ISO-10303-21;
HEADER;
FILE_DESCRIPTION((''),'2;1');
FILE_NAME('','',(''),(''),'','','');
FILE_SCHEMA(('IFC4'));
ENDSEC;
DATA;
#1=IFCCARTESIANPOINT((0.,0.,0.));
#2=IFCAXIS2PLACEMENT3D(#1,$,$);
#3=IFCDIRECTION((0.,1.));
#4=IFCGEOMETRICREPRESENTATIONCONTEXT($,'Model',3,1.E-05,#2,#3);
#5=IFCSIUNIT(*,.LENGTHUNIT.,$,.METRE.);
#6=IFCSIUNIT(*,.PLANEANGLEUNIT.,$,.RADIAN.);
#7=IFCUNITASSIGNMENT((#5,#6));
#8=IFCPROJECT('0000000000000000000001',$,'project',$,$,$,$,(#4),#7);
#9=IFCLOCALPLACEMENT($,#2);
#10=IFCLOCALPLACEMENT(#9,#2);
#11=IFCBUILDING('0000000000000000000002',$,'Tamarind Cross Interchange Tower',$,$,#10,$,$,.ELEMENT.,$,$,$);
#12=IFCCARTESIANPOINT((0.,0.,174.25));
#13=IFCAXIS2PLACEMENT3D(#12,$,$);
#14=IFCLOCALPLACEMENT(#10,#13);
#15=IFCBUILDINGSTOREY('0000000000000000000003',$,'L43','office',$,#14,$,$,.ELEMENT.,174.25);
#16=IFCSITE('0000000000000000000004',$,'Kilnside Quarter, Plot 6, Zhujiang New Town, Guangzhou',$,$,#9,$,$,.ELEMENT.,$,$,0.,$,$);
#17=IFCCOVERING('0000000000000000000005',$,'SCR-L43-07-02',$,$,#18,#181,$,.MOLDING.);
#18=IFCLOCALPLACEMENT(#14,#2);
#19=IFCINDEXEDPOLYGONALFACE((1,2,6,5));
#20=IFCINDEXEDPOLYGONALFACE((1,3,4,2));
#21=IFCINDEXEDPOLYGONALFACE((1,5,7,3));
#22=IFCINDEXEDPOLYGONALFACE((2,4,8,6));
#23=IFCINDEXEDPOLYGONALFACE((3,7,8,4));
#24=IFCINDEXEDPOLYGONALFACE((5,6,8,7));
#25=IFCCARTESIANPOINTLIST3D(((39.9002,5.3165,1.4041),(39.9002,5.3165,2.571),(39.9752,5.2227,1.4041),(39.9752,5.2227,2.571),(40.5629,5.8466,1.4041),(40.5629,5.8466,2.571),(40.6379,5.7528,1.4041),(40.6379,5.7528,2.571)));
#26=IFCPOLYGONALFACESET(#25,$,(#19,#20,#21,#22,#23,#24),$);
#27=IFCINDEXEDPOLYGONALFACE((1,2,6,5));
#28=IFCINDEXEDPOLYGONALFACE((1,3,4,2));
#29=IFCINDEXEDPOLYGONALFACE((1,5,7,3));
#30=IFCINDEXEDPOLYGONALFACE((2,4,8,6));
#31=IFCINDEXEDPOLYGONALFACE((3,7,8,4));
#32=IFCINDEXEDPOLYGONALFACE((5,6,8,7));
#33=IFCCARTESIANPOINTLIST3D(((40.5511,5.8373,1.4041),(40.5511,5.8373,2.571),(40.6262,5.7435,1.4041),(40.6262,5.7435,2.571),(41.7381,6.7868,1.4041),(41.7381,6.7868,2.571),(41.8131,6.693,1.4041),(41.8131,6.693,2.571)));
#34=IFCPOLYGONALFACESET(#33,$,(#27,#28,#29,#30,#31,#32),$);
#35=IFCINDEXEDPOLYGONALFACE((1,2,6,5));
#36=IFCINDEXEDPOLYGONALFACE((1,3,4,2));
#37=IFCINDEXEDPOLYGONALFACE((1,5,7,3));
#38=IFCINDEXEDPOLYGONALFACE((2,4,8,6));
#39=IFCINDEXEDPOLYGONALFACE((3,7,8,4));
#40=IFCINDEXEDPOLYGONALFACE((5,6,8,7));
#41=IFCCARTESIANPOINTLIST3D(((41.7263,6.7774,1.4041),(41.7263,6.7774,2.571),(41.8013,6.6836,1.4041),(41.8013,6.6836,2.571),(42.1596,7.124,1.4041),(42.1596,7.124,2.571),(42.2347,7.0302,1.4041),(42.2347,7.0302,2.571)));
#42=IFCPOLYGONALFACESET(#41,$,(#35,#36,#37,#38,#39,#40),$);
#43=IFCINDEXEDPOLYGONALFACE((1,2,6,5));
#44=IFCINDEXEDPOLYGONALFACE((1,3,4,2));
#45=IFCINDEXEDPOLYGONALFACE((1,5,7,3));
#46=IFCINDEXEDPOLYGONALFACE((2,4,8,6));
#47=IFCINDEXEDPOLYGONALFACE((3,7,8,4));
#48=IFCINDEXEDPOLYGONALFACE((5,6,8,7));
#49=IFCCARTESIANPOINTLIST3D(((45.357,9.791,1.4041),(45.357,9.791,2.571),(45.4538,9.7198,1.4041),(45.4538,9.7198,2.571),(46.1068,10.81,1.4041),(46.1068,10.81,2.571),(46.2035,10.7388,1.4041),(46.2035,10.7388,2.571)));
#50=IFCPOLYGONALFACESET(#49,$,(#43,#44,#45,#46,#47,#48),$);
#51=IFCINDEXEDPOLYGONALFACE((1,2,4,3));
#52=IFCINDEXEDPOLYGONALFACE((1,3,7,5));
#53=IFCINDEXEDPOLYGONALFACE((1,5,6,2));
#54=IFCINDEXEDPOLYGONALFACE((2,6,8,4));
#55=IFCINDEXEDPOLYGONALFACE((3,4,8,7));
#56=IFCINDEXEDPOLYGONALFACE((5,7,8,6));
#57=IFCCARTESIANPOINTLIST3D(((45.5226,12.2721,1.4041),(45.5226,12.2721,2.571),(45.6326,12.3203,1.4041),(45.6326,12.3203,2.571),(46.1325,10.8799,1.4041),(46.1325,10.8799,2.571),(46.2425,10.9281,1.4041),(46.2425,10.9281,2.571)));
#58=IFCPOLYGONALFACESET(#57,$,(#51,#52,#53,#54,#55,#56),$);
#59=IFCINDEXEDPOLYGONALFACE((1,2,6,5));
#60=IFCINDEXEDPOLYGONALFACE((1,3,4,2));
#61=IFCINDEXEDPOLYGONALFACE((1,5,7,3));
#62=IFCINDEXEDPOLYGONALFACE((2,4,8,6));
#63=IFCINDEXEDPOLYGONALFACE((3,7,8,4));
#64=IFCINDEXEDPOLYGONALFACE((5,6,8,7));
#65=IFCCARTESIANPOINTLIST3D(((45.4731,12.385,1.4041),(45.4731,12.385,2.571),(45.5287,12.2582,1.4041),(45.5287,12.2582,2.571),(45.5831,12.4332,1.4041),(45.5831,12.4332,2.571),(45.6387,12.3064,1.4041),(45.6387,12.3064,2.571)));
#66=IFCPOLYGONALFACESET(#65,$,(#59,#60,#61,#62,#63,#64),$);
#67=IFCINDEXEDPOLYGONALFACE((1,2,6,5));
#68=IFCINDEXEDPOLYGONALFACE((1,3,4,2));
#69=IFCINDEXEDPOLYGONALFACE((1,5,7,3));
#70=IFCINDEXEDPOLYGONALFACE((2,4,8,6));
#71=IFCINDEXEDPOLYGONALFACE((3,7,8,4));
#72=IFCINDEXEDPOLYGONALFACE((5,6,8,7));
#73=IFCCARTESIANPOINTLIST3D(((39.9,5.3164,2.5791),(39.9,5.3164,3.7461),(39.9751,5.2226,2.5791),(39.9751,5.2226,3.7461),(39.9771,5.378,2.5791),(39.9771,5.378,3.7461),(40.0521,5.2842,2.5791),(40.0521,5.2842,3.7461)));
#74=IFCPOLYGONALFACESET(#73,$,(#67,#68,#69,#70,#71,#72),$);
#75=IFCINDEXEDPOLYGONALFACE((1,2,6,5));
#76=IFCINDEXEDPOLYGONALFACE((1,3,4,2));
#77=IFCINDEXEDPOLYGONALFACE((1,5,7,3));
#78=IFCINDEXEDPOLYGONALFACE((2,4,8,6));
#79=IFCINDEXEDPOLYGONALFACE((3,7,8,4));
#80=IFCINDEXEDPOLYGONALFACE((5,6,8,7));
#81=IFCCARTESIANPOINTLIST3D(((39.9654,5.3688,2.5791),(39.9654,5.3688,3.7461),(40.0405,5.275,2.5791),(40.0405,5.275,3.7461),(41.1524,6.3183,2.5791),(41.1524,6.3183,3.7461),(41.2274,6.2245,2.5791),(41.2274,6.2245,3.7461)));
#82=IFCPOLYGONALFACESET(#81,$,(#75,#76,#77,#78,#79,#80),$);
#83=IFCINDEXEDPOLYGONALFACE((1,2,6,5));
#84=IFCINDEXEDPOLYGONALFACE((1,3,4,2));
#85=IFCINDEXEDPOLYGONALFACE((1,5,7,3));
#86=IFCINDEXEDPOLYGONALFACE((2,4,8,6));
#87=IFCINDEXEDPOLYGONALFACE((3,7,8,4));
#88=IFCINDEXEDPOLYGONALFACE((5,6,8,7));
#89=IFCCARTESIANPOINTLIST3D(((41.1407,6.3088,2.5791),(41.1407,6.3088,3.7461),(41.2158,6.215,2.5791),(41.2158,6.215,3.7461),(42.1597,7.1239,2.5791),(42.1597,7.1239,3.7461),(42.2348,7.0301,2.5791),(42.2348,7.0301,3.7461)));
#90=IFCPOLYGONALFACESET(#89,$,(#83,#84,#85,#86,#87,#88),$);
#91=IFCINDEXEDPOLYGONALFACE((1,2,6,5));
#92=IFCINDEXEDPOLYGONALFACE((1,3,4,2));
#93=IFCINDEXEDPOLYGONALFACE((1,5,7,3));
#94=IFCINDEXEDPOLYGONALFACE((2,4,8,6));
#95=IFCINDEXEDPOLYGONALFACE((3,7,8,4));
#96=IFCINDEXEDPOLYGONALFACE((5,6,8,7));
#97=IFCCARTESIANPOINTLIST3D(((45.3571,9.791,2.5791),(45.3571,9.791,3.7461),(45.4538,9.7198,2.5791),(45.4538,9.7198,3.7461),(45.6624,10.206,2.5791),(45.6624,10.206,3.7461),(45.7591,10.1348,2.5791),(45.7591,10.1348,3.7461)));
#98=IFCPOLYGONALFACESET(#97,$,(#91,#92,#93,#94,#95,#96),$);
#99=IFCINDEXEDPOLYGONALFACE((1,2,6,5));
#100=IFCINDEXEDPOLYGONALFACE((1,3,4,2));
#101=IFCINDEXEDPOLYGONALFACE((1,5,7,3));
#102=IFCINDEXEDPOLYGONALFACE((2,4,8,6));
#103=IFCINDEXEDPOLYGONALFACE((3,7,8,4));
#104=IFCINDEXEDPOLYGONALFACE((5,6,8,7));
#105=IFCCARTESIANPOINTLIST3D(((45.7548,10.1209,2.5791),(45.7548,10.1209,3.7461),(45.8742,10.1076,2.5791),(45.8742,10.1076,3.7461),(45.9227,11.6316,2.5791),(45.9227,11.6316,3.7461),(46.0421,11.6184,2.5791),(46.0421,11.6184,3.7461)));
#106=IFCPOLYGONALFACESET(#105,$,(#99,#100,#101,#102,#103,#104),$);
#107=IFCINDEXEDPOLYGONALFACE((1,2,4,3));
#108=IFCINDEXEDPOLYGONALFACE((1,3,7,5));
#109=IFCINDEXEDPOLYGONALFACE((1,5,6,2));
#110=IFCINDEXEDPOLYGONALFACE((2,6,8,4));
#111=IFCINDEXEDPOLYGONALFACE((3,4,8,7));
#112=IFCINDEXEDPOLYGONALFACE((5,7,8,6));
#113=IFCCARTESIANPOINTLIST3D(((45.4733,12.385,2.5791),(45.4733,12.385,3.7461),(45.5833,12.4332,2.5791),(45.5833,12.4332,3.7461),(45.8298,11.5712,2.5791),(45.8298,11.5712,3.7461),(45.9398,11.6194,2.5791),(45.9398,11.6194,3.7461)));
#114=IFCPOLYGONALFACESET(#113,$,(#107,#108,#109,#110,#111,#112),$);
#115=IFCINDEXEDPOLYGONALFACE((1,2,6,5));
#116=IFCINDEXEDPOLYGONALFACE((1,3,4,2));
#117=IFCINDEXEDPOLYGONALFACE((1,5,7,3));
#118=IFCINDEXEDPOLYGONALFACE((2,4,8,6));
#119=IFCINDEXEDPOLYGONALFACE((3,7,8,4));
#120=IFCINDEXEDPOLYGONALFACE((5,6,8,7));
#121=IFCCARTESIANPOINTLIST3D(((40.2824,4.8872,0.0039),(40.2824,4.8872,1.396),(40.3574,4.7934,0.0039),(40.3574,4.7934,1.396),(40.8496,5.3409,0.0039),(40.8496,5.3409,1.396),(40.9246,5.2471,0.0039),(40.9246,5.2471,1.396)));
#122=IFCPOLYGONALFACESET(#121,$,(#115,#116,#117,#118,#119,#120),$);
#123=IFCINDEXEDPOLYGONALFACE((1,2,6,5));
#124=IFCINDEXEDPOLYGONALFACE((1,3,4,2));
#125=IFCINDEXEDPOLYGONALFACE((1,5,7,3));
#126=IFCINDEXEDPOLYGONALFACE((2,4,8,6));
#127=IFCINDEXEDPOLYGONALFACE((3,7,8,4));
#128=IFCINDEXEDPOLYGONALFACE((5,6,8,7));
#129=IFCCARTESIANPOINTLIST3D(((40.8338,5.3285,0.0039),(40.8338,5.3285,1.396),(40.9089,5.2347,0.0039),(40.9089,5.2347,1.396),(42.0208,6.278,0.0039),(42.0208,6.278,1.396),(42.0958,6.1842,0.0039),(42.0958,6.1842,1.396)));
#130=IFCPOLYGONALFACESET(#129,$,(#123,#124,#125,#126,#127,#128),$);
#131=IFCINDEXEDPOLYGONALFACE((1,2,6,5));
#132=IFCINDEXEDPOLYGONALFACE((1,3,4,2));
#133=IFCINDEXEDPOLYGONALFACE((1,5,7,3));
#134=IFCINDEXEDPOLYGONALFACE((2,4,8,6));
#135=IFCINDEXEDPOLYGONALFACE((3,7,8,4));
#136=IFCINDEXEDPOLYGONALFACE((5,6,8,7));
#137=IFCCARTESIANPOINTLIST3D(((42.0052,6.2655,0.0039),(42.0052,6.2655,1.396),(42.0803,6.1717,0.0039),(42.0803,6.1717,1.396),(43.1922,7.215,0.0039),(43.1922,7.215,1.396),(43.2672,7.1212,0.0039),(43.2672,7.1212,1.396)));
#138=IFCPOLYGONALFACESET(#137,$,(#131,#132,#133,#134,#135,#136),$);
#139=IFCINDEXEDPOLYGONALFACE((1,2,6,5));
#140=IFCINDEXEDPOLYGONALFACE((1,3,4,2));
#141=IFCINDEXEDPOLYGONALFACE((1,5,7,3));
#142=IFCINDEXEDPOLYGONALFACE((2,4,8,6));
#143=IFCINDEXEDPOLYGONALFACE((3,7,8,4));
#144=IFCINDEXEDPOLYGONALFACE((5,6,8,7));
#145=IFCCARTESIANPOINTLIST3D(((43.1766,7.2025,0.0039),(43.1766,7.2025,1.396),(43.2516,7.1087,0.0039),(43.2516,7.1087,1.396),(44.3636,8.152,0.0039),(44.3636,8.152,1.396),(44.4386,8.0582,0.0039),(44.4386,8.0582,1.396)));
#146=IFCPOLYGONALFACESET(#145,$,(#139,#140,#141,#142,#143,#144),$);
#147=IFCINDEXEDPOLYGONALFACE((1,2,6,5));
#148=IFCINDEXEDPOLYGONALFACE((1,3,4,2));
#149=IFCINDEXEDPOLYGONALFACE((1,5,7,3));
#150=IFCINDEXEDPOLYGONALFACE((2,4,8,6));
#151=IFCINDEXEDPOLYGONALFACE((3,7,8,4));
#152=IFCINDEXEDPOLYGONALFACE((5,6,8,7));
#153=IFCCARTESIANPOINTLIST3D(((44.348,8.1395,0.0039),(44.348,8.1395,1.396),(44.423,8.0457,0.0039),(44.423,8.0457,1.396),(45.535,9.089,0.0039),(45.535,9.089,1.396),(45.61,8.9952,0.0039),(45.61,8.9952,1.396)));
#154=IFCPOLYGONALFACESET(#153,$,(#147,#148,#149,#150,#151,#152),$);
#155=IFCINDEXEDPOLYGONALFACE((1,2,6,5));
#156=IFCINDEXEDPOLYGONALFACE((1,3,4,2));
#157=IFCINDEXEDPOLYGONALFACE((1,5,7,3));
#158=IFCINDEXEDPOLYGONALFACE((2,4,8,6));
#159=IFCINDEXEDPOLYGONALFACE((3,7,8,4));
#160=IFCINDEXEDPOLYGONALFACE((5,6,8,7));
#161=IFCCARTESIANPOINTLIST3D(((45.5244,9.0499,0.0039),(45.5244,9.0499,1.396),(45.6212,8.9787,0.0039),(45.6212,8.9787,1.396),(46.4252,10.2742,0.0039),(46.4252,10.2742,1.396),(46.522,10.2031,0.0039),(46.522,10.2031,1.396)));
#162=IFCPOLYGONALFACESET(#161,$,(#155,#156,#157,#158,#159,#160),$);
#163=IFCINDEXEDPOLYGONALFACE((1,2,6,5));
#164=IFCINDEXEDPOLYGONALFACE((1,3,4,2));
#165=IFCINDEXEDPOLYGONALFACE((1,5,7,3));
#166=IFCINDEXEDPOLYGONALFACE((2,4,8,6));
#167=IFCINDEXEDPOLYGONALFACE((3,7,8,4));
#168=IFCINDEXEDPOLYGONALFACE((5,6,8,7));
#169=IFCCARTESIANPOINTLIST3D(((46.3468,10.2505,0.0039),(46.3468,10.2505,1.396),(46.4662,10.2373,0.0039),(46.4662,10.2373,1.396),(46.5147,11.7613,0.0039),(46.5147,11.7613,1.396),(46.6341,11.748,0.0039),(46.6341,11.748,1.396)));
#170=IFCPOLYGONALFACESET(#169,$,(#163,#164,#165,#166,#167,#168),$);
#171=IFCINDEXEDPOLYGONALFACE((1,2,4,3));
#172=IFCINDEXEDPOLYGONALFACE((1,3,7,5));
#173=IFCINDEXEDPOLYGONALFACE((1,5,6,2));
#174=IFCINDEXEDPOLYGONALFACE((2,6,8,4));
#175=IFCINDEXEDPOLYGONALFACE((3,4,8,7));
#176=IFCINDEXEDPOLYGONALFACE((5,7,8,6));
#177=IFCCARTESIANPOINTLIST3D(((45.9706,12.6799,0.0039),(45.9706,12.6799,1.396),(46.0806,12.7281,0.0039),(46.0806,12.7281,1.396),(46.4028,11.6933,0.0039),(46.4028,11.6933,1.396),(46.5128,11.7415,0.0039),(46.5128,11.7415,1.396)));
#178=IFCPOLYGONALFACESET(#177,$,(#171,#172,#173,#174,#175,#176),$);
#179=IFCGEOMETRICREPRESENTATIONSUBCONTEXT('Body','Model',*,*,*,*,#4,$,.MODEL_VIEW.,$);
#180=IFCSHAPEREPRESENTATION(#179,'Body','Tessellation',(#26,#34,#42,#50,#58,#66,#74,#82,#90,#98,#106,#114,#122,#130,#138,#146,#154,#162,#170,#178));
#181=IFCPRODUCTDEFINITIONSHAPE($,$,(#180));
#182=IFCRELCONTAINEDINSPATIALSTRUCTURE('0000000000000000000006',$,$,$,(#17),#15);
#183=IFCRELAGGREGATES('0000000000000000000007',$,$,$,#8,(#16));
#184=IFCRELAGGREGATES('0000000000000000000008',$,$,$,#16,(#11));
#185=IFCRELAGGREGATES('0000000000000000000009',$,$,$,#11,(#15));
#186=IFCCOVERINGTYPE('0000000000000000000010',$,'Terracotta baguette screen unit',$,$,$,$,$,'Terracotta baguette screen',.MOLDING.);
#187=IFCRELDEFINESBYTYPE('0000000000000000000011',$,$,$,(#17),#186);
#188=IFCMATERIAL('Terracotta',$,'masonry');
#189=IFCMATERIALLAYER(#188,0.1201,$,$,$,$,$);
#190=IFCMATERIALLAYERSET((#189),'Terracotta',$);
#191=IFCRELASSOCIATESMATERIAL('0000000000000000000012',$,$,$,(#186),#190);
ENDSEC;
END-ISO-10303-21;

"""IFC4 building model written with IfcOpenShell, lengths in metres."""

from ifc_helpers import new_model, si_unit, direction, frame, origin, origin_2d, place, context, subcontext, project, spatial, rectangle, extrude, material, layer, layer_set, type_object, element, save


model = new_model("IFC4")

# Units and contexts
model_context = context("Model", 3, precision=1e-05, world=origin(), true_north=direction((0.0, 1.0)))
body_context = subcontext(model_context, "Body", "Model", "MODEL_VIEW")
ifc_project = project(units=[si_unit("LENGTHUNIT", "METRE"), si_unit("PLANEANGLEUNIT", "RADIAN")], contexts=[model_context])

# Site, building, storey
site_placement = place(None, origin())
site = spatial("IfcSite", under=ifc_project, at=site_placement, Name="Kilnside Quarter, Plot 6, Zhujiang New Town, Guangzhou", CompositionType="ELEMENT", RefElevation=0.0)
building_placement = place(site_placement, origin())
building = spatial("IfcBuilding", under=site, at=building_placement, Name="Tamarind Cross Interchange Tower", CompositionType="ELEMENT")
storey_placement = place(building_placement, frame((0.0, 0.0, 174.25)))
storey = spatial("IfcBuildingStorey", under=building, at=storey_placement, Name="L43", Description="office", CompositionType="ELEMENT", Elevation=174.25)

# Covering
ifc_material_1 = material(Name="Terracotta", Category="masonry")
ifc_layer_1 = layer(ifc_material_1, 0.1201)
ifc_layer_set_1 = layer_set([ifc_layer_1], Name="Terracotta")
covering_type = type_object("IfcCoveringType", Name="Terracotta baguette screen unit", ElementType="Terracotta baguette screen", PredefinedType="MOLDING", material=ifc_layer_set_1)
covering_1_placement = place(storey_placement, origin())
element("IfcCovering", 1, at=covering_1_placement, inside=storey, type_object=covering_type, Name="SCR-L43-07-02", PredefinedType="MOLDING", context=body_context, shape_type="SweptSolid", body=[
    extrude(rectangle(XDim=0.8486, YDim=0.1201, at=origin_2d()), frame((40.269, 5.5347, 1.4041), z_axis=(0.0, 0.0, 1.0), x_axis=(0.780893, 0.624665, 0.0)), (0.0, 0.0, 1.0), 1.167),
    extrude(rectangle(XDim=1.52, YDim=0.1201, at=origin_2d()), frame((41.1821, 6.2651, 1.4041), z_axis=(0.0, 0.0, 1.0), x_axis=(0.780893, 0.624665, 0.0)), (0.0, 0.0, 1.0), 1.167),
    extrude(rectangle(XDim=0.5549, YDim=0.1201, at=origin_2d()), frame((41.9805, 6.9038, 1.4041), z_axis=(0.0, 0.0, 1.0), x_axis=(0.780893, 0.624665, 0.0)), (0.0, 0.0, 1.0), 1.167),
    extrude(rectangle(XDim=1.2651, YDim=0.1201, at=origin_2d()), frame((45.7803, 10.2649, 1.4041), z_axis=(0.0, 0.0, 1.0), x_axis=(0.592609, 0.80549, 0.0)), (0.0, 0.0, 1.0), 1.167),
    extrude(rectangle(XDim=1.52, YDim=0.1201, at=origin_2d()), frame((45.8826, 11.6001, 1.4041), z_axis=(0.0, 0.0, 1.0), x_axis=(-0.40127, 0.91596, 0.0)), (0.0, 0.0, 1.0), 1.167),
    extrude(rectangle(XDim=0.1384, YDim=0.1201, at=origin_2d()), frame((45.5559, 12.3457, 1.4041), z_axis=(0.0, 0.0, 1.0), x_axis=(-0.40127, 0.91596, 0.0)), (0.0, 0.0, 1.0), 1.167),
    extrude(rectangle(XDim=0.0986, YDim=0.1201, at=origin_2d()), frame((39.9761, 5.3003, 2.5791), z_axis=(0.0, 0.0, 1.0), x_axis=(0.780893, 0.624665, 0.0)), (0.0, 0.0, 1.0), 1.167),
    extrude(rectangle(XDim=1.52, YDim=0.1201, at=origin_2d()), frame((40.5964, 5.7966, 2.5791), z_axis=(0.0, 0.0, 1.0), x_axis=(0.780893, 0.624665, 0.0)), (0.0, 0.0, 1.0), 1.167),
    extrude(rectangle(XDim=1.3049, YDim=0.1201, at=origin_2d()), frame((41.6877, 6.6694, 2.5791), z_axis=(0.0, 0.0, 1.0), x_axis=(0.780893, 0.624665, 0.0)), (0.0, 0.0, 1.0), 1.167),
    extrude(rectangle(XDim=0.5151, YDim=0.1201, at=origin_2d()), frame((45.5581, 9.9629, 2.5791), z_axis=(0.0, 0.0, 1.0), x_axis=(0.592609, 0.80549, 0.0)), (0.0, 0.0, 1.0), 1.167),
    extrude(rectangle(XDim=1.52, YDim=0.1201, at=origin_2d()), frame((45.8984, 10.8696, 2.5791), z_axis=(0.0, 0.0, 1.0), x_axis=(0.11047, 0.993879, 0.0)), (0.0, 0.0, 1.0), 1.167),
    extrude(rectangle(XDim=0.8884, YDim=0.1201, at=origin_2d()), frame((45.7065, 12.0022, 2.5791), z_axis=(0.0, 0.0, 1.0), x_axis=(-0.40127, 0.91596, 0.0)), (0.0, 0.0, 1.0), 1.167),
    extrude(rectangle(XDim=0.7263, YDim=0.1201, at=origin_2d()), frame((40.6035, 5.0671, 0.0039), z_axis=(0.0, 0.0, 1.0), x_axis=(0.780893, 0.624665, 0.0)), (0.0, 0.0, 1.0), 1.3921),
    extrude(rectangle(XDim=1.52, YDim=0.1201, at=origin_2d()), frame((41.4648, 5.7563, 0.0039), z_axis=(0.0, 0.0, 1.0), x_axis=(0.780893, 0.624665, 0.0)), (0.0, 0.0, 1.0), 1.3921),
    extrude(rectangle(XDim=1.52, YDim=0.1201, at=origin_2d()), frame((42.6362, 6.6934, 0.0039), z_axis=(0.0, 0.0, 1.0), x_axis=(0.780893, 0.624665, 0.0)), (0.0, 0.0, 1.0), 1.3921),
    extrude(rectangle(XDim=1.52, YDim=0.1201, at=origin_2d()), frame((43.8076, 7.6304, 0.0039), z_axis=(0.0, 0.0, 1.0), x_axis=(0.780893, 0.624665, 0.0)), (0.0, 0.0, 1.0), 1.3921),
    extrude(rectangle(XDim=1.52, YDim=0.1201, at=origin_2d()), frame((44.979, 8.5674, 0.0039), z_axis=(0.0, 0.0, 1.0), x_axis=(0.780893, 0.624665, 0.0)), (0.0, 0.0, 1.0), 1.3921),
    extrude(rectangle(XDim=1.52, YDim=0.1201, at=origin_2d()), frame((46.0232, 9.6265, 0.0039), z_axis=(0.0, 0.0, 1.0), x_axis=(0.592609, 0.80549, 0.0)), (0.0, 0.0, 1.0), 1.3921),
    extrude(rectangle(XDim=1.52, YDim=0.1201, at=origin_2d()), frame((46.4905, 10.9993, 0.0039), z_axis=(0.0, 0.0, 1.0), x_axis=(0.11047, 0.993879, 0.0)), (0.0, 0.0, 1.0), 1.3921),
    extrude(rectangle(XDim=1.0771, YDim=0.1201, at=origin_2d()), frame((46.2417, 12.2107, 0.0039), z_axis=(0.0, 0.0, 1.0), x_axis=(-0.40127, 0.91596, 0.0)), (0.0, 0.0, 1.0), 1.3921),
])

save(model, "model.ifc")
